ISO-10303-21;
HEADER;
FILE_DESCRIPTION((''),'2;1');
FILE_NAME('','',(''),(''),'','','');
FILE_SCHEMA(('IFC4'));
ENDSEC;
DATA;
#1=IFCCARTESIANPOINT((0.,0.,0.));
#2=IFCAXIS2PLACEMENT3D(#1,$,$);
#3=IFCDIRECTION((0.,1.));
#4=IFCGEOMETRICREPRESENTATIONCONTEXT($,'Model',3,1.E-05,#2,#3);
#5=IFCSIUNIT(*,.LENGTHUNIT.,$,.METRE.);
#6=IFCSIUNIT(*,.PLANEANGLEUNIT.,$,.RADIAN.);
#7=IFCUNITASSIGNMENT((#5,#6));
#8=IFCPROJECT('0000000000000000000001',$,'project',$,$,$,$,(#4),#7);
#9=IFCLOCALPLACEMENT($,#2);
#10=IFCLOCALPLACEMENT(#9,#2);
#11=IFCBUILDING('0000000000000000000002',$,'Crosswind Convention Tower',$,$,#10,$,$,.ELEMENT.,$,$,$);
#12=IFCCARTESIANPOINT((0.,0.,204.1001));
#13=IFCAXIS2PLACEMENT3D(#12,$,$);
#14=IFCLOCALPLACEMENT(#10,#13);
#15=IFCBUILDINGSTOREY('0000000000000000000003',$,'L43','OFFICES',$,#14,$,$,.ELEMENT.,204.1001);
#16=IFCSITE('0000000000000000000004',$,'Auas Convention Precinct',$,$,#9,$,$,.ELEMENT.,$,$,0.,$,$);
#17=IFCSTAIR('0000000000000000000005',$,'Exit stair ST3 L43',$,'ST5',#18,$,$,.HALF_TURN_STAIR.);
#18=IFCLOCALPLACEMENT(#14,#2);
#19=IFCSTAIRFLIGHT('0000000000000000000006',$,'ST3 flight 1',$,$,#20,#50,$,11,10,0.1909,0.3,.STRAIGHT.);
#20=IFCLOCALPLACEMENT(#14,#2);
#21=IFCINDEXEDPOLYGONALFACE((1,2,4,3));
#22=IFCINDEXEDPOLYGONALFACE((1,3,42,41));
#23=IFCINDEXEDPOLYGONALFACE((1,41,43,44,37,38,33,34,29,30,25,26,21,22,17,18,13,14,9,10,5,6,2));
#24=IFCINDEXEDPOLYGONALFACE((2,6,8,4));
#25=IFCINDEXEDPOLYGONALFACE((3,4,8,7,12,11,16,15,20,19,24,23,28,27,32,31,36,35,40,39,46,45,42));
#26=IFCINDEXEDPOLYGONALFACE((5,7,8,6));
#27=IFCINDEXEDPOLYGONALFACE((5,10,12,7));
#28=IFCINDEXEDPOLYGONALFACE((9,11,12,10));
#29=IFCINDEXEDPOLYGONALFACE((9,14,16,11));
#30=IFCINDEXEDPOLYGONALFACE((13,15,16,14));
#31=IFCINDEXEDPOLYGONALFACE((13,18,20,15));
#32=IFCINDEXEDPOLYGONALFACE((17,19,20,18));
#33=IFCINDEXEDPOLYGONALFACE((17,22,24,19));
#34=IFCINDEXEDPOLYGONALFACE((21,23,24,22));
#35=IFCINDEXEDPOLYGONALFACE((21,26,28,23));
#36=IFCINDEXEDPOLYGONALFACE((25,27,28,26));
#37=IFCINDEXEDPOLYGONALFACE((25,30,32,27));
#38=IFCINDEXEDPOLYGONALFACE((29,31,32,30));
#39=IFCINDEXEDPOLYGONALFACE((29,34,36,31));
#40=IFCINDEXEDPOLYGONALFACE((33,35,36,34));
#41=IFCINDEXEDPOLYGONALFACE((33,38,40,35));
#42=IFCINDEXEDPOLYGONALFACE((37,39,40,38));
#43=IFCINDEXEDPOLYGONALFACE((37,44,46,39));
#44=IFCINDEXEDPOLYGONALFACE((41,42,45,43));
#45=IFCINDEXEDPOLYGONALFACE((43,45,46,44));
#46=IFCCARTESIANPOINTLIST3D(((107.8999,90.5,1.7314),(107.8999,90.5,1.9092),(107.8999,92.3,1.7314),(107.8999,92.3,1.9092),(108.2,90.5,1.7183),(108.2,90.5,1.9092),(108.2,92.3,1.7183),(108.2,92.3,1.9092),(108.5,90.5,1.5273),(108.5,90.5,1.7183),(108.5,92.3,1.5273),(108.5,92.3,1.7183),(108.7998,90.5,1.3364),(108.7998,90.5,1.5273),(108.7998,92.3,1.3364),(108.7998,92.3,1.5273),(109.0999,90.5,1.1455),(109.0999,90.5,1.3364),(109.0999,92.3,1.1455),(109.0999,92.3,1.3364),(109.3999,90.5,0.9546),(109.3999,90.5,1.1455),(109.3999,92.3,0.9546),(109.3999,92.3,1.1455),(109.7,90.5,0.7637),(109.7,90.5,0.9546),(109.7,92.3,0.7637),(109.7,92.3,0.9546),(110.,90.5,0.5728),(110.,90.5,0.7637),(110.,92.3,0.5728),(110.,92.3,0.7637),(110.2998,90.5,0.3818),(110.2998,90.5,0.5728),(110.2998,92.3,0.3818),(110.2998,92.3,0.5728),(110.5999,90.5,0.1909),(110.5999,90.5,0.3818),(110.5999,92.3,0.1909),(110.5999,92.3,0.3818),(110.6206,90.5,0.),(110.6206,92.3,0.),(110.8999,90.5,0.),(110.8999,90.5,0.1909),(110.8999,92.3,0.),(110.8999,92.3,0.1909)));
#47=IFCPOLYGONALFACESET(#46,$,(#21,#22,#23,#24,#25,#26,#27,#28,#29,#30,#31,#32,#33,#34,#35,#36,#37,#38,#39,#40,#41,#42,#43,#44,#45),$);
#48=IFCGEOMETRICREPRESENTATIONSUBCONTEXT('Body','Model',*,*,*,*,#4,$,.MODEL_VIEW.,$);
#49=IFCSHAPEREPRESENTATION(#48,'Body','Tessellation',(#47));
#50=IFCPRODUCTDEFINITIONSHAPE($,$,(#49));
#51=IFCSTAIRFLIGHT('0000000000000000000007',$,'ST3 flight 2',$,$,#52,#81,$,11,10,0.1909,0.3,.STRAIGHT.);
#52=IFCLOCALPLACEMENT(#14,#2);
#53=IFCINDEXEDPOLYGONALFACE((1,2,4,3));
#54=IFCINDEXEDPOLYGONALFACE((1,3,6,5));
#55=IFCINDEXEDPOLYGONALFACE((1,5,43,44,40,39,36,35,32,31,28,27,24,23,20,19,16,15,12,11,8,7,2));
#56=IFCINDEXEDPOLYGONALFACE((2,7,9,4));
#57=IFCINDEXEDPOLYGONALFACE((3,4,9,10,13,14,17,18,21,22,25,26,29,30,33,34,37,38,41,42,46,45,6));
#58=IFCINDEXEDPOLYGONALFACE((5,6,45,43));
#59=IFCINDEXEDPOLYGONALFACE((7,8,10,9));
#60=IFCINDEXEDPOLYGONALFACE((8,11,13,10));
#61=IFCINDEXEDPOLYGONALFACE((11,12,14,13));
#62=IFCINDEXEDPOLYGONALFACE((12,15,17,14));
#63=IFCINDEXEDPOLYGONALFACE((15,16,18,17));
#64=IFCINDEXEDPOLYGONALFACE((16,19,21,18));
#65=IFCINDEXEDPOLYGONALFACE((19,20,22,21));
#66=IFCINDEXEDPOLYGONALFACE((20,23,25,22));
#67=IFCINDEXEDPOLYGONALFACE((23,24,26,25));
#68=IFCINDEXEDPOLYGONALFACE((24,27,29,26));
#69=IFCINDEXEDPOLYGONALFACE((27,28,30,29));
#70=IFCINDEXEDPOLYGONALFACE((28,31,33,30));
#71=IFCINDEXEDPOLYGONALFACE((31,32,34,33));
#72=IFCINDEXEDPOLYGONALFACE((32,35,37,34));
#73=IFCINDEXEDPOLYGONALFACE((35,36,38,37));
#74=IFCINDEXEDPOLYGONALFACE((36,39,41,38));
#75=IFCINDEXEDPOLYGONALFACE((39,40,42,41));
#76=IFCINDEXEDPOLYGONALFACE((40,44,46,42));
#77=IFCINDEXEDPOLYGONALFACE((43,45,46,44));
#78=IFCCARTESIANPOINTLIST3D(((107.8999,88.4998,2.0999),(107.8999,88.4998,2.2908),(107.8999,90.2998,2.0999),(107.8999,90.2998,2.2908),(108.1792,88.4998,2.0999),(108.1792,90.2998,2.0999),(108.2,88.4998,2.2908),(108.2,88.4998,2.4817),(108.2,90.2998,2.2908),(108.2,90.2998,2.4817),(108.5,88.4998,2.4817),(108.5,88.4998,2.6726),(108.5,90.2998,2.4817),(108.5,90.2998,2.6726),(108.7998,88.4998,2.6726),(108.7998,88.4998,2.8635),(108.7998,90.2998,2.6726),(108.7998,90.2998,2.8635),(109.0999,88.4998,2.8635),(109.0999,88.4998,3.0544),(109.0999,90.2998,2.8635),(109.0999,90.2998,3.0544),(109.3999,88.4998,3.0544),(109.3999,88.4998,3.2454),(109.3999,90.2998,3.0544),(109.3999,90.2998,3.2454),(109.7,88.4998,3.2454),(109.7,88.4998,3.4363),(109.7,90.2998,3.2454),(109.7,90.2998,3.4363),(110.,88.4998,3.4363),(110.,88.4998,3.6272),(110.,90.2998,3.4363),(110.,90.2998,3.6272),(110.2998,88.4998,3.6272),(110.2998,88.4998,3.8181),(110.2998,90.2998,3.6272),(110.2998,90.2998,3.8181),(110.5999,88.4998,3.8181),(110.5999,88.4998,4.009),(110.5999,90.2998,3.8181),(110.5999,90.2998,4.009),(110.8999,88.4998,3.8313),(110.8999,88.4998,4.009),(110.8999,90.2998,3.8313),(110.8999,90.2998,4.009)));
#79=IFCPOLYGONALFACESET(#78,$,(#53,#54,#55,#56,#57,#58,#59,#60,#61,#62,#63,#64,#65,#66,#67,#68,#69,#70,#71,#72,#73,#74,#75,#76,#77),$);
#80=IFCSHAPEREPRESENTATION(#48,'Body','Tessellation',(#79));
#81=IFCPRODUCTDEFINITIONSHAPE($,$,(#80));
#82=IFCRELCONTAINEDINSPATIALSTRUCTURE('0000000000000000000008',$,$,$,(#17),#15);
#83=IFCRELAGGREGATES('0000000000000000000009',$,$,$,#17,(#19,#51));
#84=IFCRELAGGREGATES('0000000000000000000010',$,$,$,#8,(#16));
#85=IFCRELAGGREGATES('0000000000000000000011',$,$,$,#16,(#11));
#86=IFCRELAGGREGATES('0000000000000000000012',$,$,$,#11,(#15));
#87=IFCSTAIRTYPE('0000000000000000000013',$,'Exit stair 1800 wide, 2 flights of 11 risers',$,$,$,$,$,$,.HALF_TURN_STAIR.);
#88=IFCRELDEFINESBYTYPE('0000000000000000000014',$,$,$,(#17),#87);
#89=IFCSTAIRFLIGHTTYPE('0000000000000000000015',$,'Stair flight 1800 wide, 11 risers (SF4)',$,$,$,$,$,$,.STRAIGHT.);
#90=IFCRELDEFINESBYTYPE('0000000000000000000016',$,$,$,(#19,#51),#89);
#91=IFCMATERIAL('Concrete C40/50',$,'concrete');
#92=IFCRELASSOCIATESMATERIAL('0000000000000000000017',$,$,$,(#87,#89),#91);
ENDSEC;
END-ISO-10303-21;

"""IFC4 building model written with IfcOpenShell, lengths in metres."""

from ifc_helpers import new_model, si_unit, direction, frame, origin, place, context, subcontext, project, spatial, polyline, outline, extrude, material, type_object, element, aggregate, save


model = new_model("IFC4")

# Units and contexts
model_context = context("Model", 3, precision=1e-05, world=origin(), true_north=direction((0.0, 1.0)))
body_context = subcontext(model_context, "Body", "Model", "MODEL_VIEW")
ifc_project = project(units=[si_unit("LENGTHUNIT", "METRE"), si_unit("PLANEANGLEUNIT", "RADIAN")], contexts=[model_context])

# Site, building, storey
site_placement = place(None, origin())
site = spatial("IfcSite", under=ifc_project, at=site_placement, Name="Auas Convention Precinct", CompositionType="ELEMENT", RefElevation=0.0)
building_placement = place(site_placement, origin())
building = spatial("IfcBuilding", under=site, at=building_placement, Name="Crosswind Convention Tower", CompositionType="ELEMENT")
storey_placement = place(building_placement, frame((0.0, 0.0, 204.1001)))
storey = spatial("IfcBuildingStorey", under=building, at=storey_placement, Name="L43", Description="OFFICES", CompositionType="ELEMENT", Elevation=204.1001)

# Shared definitions
ifc_material_1 = material(Name="Concrete C40/50", Category="concrete")

# Stair
stair_type = type_object("IfcStairType", Name="Exit stair 1800 wide, 2 flights of 11 risers", PredefinedType="HALF_TURN_STAIR", material=ifc_material_1)
stair_1_placement = place(storey_placement, origin())
stair_1 = element("IfcStair", 1, at=stair_1_placement, inside=storey, type_object=stair_type, Name="Exit stair ST3 L43", ObjectType="ST5", PredefinedType="HALF_TURN_STAIR")

# Stair flights
stair_flight_type = type_object("IfcStairFlightType", Name="Stair flight 1800 wide, 11 risers (SF4)", PredefinedType="STRAIGHT", material=ifc_material_1)
stair_flight_1_placement = place(storey_placement, frame((110.8999, 91.3999, 0.0), z_axis=(0.0, 0.0, 1.0), x_axis=(-1.0, 0.0, 0.0)))
stair_flight_1 = element("IfcStairFlight", 2, at=stair_flight_1_placement, type_object=stair_flight_type, Name="ST3 flight 1", NumberOfRisers=11, NumberOfTreads=10, PredefinedType="STRAIGHT", RiserHeight=0.1909, TreadLength=0.3, context=body_context, shape_type="SweptSolid", body=[
    extrude(outline(polyline([(0.0, 0.0), (0.0, 0.1909), (0.3, 0.1909), (0.3, 0.3818), (0.6001, 0.3818), (0.6001, 0.5728), (0.8999, 0.5728), (0.8999, 0.7637), (1.2, 0.7637), (1.2, 0.9546), (1.5, 0.9546), (1.5, 1.1455), (1.8, 1.1455), (1.8, 1.3364), (2.1001, 1.3364), (2.1001, 1.5273), (2.3999, 1.5273), (2.3999, 1.7183), (2.7, 1.7183), (2.7, 1.9092), (3.0, 1.9092), (3.0, 2.1001), (3.0, 1.7314), (0.2793, 0.0), (0.0, 0.0)])), frame((0.0, 0.8999, 0.0), z_axis=(0.0, -1.0, 0.0), x_axis=(1.0, 0.0, 0.0)), (0.0, 0.0, 1.0), 1.8),
])
stair_flight_2_placement = place(storey_placement, frame((107.8999, 89.3999, 2.0999), z_axis=(0.0, 0.0, 1.0), x_axis=(1.0, 0.0, 0.0)))
stair_flight_2 = element("IfcStairFlight", 3, at=stair_flight_2_placement, type_object=stair_flight_type, Name="ST3 flight 2", NumberOfRisers=11, NumberOfTreads=10, PredefinedType="STRAIGHT", RiserHeight=0.1909, TreadLength=0.3, context=body_context, shape_type="SweptSolid", body=[
    extrude(outline(polyline([(0.0, 0.0), (0.0, 0.1909), (0.3, 0.1909), (0.3, 0.3818), (0.6001, 0.3818), (0.6001, 0.5728), (0.8999, 0.5728), (0.8999, 0.7637), (1.2, 0.7637), (1.2, 0.9546), (1.5, 0.9546), (1.5, 1.1455), (1.8, 1.1455), (1.8, 1.3364), (2.1001, 1.3364), (2.1001, 1.5273), (2.3999, 1.5273), (2.3999, 1.7183), (2.7, 1.7183), (2.7, 1.9092), (3.0, 1.9092), (3.0, 2.1001), (3.0, 1.7314), (0.2793, 0.0), (0.0, 0.0)])), frame((0.0, 0.8999, 0.0), z_axis=(0.0, -1.0, 0.0), x_axis=(1.0, 0.0, 0.0)), (0.0, 0.0, 1.0), 1.8),
])
aggregate(stair_1, [stair_flight_1, stair_flight_2])

save(model, "model.ifc")
